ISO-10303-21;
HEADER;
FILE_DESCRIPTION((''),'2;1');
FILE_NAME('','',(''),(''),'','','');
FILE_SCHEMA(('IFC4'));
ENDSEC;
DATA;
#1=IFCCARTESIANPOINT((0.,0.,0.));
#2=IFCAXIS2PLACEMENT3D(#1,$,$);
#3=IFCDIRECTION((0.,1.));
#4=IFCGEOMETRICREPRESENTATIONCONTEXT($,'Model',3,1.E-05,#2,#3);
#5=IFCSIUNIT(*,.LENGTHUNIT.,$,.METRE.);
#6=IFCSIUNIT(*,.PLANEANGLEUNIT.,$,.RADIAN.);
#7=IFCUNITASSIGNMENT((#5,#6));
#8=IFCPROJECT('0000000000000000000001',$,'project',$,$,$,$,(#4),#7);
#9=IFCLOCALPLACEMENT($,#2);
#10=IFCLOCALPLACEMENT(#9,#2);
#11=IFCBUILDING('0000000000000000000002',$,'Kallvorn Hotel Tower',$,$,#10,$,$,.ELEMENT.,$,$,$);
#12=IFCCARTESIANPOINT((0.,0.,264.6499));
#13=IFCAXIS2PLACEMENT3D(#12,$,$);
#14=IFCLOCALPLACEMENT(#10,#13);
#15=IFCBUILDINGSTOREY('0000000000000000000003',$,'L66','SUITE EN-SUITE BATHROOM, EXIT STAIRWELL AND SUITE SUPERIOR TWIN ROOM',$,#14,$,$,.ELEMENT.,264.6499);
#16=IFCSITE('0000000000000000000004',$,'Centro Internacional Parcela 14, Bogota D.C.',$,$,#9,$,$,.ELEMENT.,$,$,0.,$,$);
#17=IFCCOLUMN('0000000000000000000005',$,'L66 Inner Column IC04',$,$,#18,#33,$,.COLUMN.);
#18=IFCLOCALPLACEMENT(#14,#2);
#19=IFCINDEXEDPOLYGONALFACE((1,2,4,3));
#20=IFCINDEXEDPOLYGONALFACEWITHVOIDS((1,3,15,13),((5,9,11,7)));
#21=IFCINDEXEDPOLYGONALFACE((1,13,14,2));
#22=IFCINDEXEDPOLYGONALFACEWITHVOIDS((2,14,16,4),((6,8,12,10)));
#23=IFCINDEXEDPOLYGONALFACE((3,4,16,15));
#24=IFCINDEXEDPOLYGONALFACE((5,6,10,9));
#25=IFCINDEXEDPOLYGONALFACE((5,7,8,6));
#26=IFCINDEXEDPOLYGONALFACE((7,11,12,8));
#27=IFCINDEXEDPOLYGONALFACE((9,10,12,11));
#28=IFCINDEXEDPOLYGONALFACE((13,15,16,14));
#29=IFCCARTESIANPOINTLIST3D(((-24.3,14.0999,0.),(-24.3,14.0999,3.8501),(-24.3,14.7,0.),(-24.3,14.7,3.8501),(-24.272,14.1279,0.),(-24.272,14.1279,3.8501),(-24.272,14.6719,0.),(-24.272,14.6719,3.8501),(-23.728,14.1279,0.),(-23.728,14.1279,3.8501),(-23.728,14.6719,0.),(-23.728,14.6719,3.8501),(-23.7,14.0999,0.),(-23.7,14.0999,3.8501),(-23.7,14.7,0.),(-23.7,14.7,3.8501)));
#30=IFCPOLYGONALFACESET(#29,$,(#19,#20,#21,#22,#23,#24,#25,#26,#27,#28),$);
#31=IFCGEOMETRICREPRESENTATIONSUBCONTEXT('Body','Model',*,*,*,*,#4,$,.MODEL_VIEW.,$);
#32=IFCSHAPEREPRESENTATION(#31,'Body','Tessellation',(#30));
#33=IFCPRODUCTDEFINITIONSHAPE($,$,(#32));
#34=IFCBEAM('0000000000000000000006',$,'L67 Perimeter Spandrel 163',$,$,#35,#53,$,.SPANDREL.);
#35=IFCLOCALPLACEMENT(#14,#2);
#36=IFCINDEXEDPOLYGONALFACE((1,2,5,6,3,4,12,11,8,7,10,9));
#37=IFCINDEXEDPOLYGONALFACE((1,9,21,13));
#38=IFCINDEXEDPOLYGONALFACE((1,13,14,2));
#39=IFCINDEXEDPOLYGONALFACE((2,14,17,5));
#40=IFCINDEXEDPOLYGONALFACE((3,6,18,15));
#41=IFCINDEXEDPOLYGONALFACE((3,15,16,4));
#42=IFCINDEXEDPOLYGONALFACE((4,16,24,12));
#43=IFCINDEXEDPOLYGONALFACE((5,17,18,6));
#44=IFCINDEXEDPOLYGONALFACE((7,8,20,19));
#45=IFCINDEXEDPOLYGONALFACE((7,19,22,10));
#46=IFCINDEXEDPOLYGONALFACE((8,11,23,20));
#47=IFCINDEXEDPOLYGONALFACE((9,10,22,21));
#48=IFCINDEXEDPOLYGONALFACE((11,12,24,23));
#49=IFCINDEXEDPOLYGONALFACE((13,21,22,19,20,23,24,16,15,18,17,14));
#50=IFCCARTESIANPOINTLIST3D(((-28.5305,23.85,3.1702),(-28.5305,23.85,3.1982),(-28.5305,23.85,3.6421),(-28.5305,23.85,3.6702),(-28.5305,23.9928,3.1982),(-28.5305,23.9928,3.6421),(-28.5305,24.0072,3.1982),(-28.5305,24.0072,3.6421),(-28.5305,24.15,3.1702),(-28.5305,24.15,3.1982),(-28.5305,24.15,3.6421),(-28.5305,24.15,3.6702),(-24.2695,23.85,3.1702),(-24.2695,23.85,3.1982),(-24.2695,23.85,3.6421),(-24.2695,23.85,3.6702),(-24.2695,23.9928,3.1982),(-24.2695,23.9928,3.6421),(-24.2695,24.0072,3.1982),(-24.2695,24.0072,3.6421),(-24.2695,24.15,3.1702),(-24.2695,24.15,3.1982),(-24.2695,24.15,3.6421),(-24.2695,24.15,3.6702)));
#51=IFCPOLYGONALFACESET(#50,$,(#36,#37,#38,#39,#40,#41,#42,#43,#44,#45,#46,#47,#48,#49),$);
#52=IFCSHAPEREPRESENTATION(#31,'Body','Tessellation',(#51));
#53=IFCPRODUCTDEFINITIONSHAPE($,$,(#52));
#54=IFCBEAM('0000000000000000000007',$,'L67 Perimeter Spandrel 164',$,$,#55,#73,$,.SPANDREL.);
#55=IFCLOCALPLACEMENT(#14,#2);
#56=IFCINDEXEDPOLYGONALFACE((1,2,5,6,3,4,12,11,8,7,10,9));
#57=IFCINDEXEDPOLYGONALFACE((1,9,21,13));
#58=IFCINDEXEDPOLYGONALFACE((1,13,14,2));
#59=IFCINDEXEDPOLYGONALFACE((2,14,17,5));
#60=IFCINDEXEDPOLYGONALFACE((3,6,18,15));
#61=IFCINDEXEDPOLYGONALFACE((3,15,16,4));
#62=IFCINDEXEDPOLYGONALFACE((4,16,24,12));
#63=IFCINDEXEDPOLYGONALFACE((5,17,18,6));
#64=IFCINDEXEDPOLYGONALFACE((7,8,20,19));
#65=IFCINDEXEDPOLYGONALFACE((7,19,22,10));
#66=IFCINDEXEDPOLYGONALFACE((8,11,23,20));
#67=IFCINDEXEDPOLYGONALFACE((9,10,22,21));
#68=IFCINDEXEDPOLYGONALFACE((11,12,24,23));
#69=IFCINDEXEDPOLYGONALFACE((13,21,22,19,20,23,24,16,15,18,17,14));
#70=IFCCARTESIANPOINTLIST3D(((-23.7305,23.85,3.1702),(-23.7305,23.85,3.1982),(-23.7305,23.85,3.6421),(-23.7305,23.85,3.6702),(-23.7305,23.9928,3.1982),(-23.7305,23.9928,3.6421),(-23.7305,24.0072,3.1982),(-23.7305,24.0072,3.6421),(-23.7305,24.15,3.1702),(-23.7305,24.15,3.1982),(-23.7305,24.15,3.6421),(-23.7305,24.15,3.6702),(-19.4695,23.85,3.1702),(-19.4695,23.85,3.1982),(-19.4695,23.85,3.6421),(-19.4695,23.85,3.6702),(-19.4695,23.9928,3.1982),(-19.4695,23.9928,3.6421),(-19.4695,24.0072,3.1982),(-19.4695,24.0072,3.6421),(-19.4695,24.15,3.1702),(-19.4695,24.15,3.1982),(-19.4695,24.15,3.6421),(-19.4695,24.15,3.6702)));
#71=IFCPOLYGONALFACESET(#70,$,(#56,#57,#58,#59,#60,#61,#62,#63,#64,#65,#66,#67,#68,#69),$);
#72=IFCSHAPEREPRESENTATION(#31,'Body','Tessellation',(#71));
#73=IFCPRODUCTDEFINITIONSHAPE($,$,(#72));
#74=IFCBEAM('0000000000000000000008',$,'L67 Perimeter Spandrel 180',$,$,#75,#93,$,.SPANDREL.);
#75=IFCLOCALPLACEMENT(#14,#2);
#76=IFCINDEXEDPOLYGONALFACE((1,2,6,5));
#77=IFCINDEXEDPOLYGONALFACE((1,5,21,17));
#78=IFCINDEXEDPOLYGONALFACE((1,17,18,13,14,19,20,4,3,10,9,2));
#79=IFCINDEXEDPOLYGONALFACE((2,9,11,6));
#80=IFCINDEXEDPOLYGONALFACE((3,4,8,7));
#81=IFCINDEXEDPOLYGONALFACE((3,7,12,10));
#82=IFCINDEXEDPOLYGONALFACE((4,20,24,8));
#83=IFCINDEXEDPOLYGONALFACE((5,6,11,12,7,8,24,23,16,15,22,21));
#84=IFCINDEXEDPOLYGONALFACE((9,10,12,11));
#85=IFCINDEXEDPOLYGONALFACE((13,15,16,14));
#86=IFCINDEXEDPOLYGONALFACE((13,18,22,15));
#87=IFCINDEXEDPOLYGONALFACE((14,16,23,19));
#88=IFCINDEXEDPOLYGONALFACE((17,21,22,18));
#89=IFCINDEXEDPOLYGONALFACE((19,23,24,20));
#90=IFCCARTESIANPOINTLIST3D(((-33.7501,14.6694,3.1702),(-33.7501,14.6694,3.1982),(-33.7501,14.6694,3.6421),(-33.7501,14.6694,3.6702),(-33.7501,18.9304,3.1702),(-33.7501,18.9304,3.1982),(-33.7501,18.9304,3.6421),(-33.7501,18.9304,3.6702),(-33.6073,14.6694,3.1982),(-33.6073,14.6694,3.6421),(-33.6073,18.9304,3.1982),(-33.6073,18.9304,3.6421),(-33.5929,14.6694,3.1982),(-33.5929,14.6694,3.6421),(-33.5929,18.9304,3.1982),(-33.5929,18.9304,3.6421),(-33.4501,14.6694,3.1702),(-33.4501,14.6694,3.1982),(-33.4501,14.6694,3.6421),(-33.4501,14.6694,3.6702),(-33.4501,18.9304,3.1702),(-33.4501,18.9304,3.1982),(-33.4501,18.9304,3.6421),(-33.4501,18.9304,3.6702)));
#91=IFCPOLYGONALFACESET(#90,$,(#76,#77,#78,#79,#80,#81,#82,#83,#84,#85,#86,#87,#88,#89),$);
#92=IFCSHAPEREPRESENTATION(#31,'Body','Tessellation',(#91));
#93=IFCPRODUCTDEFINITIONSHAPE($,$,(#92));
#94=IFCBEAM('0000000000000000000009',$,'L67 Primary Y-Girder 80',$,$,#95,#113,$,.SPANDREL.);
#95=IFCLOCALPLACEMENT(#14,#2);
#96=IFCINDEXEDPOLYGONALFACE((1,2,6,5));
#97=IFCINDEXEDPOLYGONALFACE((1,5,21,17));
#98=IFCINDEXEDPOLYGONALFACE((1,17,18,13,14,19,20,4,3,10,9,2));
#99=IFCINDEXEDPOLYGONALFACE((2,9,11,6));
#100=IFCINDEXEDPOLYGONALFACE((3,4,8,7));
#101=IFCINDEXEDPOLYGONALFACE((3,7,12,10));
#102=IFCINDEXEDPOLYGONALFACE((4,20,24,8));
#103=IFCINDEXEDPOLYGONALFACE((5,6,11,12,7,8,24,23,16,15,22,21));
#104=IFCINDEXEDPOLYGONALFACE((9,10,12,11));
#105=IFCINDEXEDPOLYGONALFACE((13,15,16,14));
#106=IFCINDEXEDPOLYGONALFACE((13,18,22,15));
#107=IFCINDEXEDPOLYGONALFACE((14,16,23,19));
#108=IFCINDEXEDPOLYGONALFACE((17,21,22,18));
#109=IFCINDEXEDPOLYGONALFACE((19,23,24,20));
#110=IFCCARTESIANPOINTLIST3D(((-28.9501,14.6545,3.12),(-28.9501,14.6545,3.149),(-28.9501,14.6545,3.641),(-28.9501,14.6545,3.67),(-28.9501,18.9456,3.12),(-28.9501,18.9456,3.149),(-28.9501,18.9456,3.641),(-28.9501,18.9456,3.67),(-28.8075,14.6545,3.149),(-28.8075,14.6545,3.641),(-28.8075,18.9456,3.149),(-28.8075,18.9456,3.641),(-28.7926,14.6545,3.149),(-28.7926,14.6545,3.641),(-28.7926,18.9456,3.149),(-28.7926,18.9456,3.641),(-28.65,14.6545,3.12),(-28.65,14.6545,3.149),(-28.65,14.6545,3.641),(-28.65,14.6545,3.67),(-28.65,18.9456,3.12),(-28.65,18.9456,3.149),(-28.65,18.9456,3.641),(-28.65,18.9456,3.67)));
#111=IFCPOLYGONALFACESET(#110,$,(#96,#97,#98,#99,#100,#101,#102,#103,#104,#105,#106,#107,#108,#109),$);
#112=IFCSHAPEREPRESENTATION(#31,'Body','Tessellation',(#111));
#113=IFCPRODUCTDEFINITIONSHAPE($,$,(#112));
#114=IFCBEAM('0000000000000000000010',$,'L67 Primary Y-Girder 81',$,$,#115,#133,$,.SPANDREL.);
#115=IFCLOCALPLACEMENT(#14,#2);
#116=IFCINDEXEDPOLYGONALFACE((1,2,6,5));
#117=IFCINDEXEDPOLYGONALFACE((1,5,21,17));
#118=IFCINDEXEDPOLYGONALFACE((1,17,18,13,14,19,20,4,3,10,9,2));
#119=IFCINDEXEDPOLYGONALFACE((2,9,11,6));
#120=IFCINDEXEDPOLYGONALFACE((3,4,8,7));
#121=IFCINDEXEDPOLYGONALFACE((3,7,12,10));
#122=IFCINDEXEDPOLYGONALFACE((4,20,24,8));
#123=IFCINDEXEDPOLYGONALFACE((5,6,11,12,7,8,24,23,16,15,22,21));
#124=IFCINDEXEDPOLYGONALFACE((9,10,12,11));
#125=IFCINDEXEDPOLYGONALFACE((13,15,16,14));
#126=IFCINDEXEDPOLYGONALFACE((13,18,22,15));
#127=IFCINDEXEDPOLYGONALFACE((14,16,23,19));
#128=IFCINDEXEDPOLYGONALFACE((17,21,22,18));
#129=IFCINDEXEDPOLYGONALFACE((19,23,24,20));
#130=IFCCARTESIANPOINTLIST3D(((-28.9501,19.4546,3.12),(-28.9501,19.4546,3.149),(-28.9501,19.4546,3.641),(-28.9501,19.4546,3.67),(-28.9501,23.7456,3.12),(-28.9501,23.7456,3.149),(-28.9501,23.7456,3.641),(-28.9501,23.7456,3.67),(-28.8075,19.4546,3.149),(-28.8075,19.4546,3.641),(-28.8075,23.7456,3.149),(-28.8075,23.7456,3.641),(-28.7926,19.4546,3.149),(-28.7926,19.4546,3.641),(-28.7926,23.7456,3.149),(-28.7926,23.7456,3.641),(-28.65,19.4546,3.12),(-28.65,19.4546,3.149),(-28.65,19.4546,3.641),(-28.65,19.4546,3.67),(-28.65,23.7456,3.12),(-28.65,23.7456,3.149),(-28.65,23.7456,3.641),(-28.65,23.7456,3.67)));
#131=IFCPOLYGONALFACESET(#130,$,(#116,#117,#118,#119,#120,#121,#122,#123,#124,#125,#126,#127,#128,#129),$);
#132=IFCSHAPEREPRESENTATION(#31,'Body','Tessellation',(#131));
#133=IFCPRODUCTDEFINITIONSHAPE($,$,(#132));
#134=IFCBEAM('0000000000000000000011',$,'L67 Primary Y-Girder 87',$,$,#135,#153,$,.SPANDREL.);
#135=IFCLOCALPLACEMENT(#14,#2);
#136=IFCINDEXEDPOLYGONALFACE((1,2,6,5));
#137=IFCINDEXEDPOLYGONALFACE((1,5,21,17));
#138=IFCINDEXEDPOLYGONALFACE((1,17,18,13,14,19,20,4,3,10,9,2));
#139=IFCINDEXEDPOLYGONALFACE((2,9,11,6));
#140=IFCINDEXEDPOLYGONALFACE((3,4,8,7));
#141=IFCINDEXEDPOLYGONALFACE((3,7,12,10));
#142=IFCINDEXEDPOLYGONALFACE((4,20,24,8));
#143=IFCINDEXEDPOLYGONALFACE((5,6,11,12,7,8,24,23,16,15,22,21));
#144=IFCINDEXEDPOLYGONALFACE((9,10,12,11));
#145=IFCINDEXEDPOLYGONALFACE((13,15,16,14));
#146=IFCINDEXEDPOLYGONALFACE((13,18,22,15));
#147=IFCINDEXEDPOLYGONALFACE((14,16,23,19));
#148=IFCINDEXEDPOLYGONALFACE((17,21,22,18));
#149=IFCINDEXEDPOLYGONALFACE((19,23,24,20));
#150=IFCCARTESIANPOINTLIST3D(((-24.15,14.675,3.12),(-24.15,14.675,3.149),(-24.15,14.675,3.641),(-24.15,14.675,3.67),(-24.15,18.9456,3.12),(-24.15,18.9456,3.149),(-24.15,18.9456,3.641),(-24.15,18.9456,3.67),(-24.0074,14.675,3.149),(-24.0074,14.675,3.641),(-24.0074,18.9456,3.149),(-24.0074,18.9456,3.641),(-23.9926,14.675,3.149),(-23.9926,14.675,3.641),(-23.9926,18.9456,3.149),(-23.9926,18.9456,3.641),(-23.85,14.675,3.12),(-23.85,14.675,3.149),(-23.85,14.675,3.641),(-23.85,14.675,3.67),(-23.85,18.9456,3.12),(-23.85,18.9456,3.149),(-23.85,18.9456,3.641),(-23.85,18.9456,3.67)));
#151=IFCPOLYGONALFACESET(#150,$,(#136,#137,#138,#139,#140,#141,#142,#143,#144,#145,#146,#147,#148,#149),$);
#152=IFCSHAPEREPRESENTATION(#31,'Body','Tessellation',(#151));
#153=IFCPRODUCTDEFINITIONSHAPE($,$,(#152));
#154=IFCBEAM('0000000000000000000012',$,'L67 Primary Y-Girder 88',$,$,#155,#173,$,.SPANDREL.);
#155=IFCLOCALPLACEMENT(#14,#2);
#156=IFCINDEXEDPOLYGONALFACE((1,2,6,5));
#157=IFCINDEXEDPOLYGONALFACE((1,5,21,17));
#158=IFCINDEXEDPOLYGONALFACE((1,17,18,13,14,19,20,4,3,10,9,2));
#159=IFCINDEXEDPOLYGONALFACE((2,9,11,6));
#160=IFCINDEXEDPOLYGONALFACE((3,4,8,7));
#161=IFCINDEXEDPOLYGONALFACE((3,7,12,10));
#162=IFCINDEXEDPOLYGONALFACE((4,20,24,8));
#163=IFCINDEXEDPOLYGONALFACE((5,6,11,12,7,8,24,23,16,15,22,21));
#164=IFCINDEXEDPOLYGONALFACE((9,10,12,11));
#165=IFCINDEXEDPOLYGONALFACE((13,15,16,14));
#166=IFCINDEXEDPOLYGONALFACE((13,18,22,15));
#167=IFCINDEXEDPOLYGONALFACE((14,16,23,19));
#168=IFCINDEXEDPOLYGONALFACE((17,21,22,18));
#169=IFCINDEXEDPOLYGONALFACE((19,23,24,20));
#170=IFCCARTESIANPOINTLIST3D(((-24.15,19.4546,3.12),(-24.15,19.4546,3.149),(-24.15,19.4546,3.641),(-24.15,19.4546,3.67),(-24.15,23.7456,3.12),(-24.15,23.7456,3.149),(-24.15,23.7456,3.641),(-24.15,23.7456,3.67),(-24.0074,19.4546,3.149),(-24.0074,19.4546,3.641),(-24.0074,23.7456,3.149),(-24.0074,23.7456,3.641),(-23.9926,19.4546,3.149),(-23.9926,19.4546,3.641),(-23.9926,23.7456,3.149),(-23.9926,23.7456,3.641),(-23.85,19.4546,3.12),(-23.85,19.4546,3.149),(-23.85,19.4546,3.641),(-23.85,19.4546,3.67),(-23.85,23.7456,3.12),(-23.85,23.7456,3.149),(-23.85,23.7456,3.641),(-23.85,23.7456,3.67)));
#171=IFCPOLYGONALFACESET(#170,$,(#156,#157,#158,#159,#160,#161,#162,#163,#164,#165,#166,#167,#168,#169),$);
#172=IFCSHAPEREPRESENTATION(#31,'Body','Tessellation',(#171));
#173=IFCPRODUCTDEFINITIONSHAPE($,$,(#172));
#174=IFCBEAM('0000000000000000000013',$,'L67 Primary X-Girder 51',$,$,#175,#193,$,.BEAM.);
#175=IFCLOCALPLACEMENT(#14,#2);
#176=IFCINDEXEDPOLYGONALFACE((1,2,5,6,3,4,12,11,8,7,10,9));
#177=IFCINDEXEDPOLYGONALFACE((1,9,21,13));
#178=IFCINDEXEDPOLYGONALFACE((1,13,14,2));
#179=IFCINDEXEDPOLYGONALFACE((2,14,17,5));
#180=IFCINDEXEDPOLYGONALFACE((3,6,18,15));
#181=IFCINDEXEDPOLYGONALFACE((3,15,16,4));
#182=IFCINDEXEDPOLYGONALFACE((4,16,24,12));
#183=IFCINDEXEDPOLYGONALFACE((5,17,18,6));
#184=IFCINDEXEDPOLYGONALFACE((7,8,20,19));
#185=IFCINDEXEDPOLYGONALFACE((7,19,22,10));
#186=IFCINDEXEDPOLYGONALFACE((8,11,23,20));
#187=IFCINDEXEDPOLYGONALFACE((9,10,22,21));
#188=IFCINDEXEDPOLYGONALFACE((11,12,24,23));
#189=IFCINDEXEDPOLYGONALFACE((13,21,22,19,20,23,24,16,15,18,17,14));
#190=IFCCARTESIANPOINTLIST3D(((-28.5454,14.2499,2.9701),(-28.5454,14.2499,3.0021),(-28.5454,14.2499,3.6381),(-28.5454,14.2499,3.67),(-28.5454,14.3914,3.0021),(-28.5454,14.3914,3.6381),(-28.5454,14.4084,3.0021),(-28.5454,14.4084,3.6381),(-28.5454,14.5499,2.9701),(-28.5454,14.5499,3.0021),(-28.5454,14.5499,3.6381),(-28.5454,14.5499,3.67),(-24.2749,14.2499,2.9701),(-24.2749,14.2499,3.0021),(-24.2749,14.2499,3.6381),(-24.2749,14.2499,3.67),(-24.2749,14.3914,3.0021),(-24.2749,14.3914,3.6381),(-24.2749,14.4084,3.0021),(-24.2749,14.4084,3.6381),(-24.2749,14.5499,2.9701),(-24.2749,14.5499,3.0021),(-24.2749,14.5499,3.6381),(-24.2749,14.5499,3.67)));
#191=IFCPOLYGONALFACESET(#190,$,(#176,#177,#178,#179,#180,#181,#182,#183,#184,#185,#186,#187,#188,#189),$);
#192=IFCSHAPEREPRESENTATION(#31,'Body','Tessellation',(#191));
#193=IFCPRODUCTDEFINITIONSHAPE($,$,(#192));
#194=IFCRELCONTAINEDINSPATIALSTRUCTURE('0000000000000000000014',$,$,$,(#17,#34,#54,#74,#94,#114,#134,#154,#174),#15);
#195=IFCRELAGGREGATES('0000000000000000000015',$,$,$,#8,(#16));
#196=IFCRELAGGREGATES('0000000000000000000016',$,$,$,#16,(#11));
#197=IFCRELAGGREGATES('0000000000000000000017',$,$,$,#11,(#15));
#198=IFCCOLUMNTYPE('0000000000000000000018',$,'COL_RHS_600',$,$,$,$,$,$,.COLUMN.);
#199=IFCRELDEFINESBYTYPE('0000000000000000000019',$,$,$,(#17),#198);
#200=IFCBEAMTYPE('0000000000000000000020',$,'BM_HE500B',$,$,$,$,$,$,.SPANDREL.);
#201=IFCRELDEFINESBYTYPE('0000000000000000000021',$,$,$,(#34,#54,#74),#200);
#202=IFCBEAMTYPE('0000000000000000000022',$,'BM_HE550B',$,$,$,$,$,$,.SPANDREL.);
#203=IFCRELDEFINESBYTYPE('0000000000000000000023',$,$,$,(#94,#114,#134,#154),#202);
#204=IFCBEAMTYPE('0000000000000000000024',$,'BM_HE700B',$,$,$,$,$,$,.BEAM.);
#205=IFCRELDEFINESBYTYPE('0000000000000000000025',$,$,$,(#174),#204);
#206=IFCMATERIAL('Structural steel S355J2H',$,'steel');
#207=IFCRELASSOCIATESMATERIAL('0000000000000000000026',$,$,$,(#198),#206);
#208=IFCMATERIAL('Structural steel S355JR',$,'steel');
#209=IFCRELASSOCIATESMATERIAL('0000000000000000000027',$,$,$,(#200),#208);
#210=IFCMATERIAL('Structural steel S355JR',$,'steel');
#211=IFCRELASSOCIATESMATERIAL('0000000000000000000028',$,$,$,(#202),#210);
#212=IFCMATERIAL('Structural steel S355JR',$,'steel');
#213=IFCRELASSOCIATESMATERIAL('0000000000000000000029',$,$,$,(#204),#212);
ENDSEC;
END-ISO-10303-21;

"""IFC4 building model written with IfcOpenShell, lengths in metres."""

from ifc_helpers import new_model, si_unit, direction, frame, origin, origin_2d, place, context, subcontext, project, spatial, hollow_rectangle, i_section, extrude, material, material_profile, profile_set, type_object, element, save


model = new_model("IFC4")

# Units and contexts
model_context = context("Model", 3, precision=1e-05, world=origin(), true_north=direction((0.0, 1.0)))
body_context = subcontext(model_context, "Body", "Model", "MODEL_VIEW")
ifc_project = project(units=[si_unit("LENGTHUNIT", "METRE"), si_unit("PLANEANGLEUNIT", "RADIAN")], contexts=[model_context])

# Site, building, storey
site_placement = place(None, origin())
site = spatial("IfcSite", under=ifc_project, at=site_placement, Name="Centro Internacional Parcela 14, Bogota D.C.", CompositionType="ELEMENT", RefElevation=0.0)
building_placement = place(site_placement, origin())
building = spatial("IfcBuilding", under=site, at=building_placement, Name="Kallvorn Hotel Tower", CompositionType="ELEMENT")
storey_placement = place(building_placement, frame((0.0, 0.0, 264.6499)))
storey = spatial("IfcBuildingStorey", under=building, at=storey_placement, Name="L66", Description="SUITE EN-SUITE BATHROOM, EXIT STAIRWELL AND SUITE SUPERIOR TWIN ROOM", CompositionType="ELEMENT", Elevation=264.6499)

# Column
ifc_material_1 = material(Name="Structural steel S355J2H", Category="steel")
ifc_material_profile_1 = material_profile(ifc_material_1, hollow_rectangle(XDim=0.6001, YDim=0.6001, WallThickness=0.0281, at=origin_2d()), Name="RHS 600x600x28")
ifc_profile_set_1 = profile_set([ifc_material_profile_1], Name="Structural steel S355J2H")
column_type_1 = type_object("IfcColumnType", Name="COL_RHS_600", PredefinedType="COLUMN", material=ifc_profile_set_1)
column_placement = place(storey_placement, frame((-24.0, 14.3999, 0.0), z_axis=(0.0, 0.0, 1.0), x_axis=(1.0, 0.0, 0.0)))
element("IfcColumn", 1, at=column_placement, inside=storey, type_object=column_type_1, Name="L66 Inner Column IC04", PredefinedType="COLUMN", context=body_context, shape_type="SweptSolid", body=[
    extrude(hollow_rectangle(XDim=0.6001, YDim=0.6001, WallThickness=0.0281, at=origin_2d()), origin(), (0.0, 0.0, 1.0), 3.8501),
])

# Beams
ifc_material_2 = material(Name="Structural steel S355JR", Category="steel")
ifc_material_profile_2 = material_profile(ifc_material_2, i_section(OverallWidth=0.3, OverallDepth=0.5, WebThickness=0.0144, FlangeThickness=0.0281, at=origin_2d()), Name="HE 500 B")
ifc_profile_set_2 = profile_set([ifc_material_profile_2], Name="Structural steel S355JR")
beam_type_1 = type_object("IfcBeamType", Name="BM_HE500B", PredefinedType="SPANDREL", material=ifc_profile_set_2)
for number, where, z_axis, x_axis, name in (
    (2, (-28.5305, 24.0, 3.4202), (1.0, 0.0, 0.0), (0.0, 1.0, 0.0), "L67 Perimeter Spandrel 163"),
    (3, (-23.7305, 24.0, 3.4202), (1.0, 0.0, 0.0), (0.0, 1.0, 0.0), "L67 Perimeter Spandrel 164"),
    (4, (-33.6001, 14.6694, 3.4202), (0.0, 1.0, 0.0), (-1.0, 0.0, 0.0), "L67 Perimeter Spandrel 180"),
):
    element("IfcBeam", number, at=place(storey_placement, frame(where, z_axis=z_axis, x_axis=x_axis)), inside=storey, type_object=beam_type_1, Name=name, PredefinedType="SPANDREL", context=body_context, shape_type="SweptSolid", body=[
        extrude(i_section(OverallWidth=0.3, OverallDepth=0.5, WebThickness=0.0144, FlangeThickness=0.0281, at=origin_2d()), origin(), (0.0, 0.0, 1.0), 4.261),
    ])
ifc_material_3 = material(Name="Structural steel S355JR", Category="steel")
ifc_material_profile_3 = material_profile(ifc_material_3, i_section(OverallWidth=0.3, OverallDepth=0.55, WebThickness=0.0149, FlangeThickness=0.0291, at=origin_2d()), Name="HE 550 B")
ifc_profile_set_3 = profile_set([ifc_material_profile_3], Name="Structural steel S355JR")
beam_type_2 = type_object("IfcBeamType", Name="BM_HE550B", PredefinedType="SPANDREL", material=ifc_profile_set_3)
for number, where, z_axis, x_axis, name in (
    (5, (-28.8, 14.6545, 3.395), (0.0, 1.0, 0.0), (-1.0, 0.0, 0.0), "L67 Primary Y-Girder 80"),
    (6, (-28.8, 19.4546, 3.395), (0.0, 1.0, 0.0), (-1.0, 0.0, 0.0), "L67 Primary Y-Girder 81"),
):
    element("IfcBeam", number, at=place(storey_placement, frame(where, z_axis=z_axis, x_axis=x_axis)), inside=storey, type_object=beam_type_2, Name=name, PredefinedType="SPANDREL", context=body_context, shape_type="SweptSolid", body=[
        extrude(i_section(OverallWidth=0.3, OverallDepth=0.55, WebThickness=0.0149, FlangeThickness=0.0291, at=origin_2d()), origin(), (0.0, 0.0, 1.0), 4.291),
    ])
beam_1_placement = place(storey_placement, frame((-24.0, 14.675, 3.395), z_axis=(0.0, 1.0, 0.0), x_axis=(-1.0, 0.0, 0.0)))
element("IfcBeam", 7, at=beam_1_placement, inside=storey, type_object=beam_type_2, Name="L67 Primary Y-Girder 87", PredefinedType="SPANDREL", context=body_context, shape_type="SweptSolid", body=[
    extrude(i_section(OverallWidth=0.3, OverallDepth=0.55, WebThickness=0.0149, FlangeThickness=0.0291, at=origin_2d()), origin(), (0.0, 0.0, 1.0), 4.2705),
])
beam_2_placement = place(storey_placement, frame((-24.0, 19.4546, 3.395), z_axis=(0.0, 1.0, 0.0), x_axis=(-1.0, 0.0, 0.0)))
element("IfcBeam", 8, at=beam_2_placement, inside=storey, type_object=beam_type_2, Name="L67 Primary Y-Girder 88", PredefinedType="SPANDREL", context=body_context, shape_type="SweptSolid", body=[
    extrude(i_section(OverallWidth=0.3, OverallDepth=0.55, WebThickness=0.0149, FlangeThickness=0.0291, at=origin_2d()), origin(), (0.0, 0.0, 1.0), 4.291),
])
ifc_material_4 = material(Name="Structural steel S355JR", Category="steel")
ifc_material_profile_4 = material_profile(ifc_material_4, i_section(OverallWidth=0.3, OverallDepth=0.7, WebThickness=0.0171, FlangeThickness=0.032, at=origin_2d()), Name="HE 700 B")
ifc_profile_set_4 = profile_set([ifc_material_profile_4], Name="Structural steel S355JR")
beam_type_3 = type_object("IfcBeamType", Name="BM_HE700B", PredefinedType="BEAM", material=ifc_profile_set_4)
for number, where, z_axis, x_axis, name in (
    (9, (-28.5454, 14.3999, 3.3201), (1.0, 0.0, 0.0), (0.0, 1.0, 0.0), "L67 Primary X-Girder 51"),
):
    element("IfcBeam", number, at=place(storey_placement, frame(where, z_axis=z_axis, x_axis=x_axis)), inside=storey, type_object=beam_type_3, Name=name, PredefinedType="BEAM", context=body_context, shape_type="SweptSolid", body=[
        extrude(i_section(OverallWidth=0.3, OverallDepth=0.7, WebThickness=0.0171, FlangeThickness=0.032, at=origin_2d()), origin(), (0.0, 0.0, 1.0), 4.2705),
    ])

save(model, "model.ifc")
